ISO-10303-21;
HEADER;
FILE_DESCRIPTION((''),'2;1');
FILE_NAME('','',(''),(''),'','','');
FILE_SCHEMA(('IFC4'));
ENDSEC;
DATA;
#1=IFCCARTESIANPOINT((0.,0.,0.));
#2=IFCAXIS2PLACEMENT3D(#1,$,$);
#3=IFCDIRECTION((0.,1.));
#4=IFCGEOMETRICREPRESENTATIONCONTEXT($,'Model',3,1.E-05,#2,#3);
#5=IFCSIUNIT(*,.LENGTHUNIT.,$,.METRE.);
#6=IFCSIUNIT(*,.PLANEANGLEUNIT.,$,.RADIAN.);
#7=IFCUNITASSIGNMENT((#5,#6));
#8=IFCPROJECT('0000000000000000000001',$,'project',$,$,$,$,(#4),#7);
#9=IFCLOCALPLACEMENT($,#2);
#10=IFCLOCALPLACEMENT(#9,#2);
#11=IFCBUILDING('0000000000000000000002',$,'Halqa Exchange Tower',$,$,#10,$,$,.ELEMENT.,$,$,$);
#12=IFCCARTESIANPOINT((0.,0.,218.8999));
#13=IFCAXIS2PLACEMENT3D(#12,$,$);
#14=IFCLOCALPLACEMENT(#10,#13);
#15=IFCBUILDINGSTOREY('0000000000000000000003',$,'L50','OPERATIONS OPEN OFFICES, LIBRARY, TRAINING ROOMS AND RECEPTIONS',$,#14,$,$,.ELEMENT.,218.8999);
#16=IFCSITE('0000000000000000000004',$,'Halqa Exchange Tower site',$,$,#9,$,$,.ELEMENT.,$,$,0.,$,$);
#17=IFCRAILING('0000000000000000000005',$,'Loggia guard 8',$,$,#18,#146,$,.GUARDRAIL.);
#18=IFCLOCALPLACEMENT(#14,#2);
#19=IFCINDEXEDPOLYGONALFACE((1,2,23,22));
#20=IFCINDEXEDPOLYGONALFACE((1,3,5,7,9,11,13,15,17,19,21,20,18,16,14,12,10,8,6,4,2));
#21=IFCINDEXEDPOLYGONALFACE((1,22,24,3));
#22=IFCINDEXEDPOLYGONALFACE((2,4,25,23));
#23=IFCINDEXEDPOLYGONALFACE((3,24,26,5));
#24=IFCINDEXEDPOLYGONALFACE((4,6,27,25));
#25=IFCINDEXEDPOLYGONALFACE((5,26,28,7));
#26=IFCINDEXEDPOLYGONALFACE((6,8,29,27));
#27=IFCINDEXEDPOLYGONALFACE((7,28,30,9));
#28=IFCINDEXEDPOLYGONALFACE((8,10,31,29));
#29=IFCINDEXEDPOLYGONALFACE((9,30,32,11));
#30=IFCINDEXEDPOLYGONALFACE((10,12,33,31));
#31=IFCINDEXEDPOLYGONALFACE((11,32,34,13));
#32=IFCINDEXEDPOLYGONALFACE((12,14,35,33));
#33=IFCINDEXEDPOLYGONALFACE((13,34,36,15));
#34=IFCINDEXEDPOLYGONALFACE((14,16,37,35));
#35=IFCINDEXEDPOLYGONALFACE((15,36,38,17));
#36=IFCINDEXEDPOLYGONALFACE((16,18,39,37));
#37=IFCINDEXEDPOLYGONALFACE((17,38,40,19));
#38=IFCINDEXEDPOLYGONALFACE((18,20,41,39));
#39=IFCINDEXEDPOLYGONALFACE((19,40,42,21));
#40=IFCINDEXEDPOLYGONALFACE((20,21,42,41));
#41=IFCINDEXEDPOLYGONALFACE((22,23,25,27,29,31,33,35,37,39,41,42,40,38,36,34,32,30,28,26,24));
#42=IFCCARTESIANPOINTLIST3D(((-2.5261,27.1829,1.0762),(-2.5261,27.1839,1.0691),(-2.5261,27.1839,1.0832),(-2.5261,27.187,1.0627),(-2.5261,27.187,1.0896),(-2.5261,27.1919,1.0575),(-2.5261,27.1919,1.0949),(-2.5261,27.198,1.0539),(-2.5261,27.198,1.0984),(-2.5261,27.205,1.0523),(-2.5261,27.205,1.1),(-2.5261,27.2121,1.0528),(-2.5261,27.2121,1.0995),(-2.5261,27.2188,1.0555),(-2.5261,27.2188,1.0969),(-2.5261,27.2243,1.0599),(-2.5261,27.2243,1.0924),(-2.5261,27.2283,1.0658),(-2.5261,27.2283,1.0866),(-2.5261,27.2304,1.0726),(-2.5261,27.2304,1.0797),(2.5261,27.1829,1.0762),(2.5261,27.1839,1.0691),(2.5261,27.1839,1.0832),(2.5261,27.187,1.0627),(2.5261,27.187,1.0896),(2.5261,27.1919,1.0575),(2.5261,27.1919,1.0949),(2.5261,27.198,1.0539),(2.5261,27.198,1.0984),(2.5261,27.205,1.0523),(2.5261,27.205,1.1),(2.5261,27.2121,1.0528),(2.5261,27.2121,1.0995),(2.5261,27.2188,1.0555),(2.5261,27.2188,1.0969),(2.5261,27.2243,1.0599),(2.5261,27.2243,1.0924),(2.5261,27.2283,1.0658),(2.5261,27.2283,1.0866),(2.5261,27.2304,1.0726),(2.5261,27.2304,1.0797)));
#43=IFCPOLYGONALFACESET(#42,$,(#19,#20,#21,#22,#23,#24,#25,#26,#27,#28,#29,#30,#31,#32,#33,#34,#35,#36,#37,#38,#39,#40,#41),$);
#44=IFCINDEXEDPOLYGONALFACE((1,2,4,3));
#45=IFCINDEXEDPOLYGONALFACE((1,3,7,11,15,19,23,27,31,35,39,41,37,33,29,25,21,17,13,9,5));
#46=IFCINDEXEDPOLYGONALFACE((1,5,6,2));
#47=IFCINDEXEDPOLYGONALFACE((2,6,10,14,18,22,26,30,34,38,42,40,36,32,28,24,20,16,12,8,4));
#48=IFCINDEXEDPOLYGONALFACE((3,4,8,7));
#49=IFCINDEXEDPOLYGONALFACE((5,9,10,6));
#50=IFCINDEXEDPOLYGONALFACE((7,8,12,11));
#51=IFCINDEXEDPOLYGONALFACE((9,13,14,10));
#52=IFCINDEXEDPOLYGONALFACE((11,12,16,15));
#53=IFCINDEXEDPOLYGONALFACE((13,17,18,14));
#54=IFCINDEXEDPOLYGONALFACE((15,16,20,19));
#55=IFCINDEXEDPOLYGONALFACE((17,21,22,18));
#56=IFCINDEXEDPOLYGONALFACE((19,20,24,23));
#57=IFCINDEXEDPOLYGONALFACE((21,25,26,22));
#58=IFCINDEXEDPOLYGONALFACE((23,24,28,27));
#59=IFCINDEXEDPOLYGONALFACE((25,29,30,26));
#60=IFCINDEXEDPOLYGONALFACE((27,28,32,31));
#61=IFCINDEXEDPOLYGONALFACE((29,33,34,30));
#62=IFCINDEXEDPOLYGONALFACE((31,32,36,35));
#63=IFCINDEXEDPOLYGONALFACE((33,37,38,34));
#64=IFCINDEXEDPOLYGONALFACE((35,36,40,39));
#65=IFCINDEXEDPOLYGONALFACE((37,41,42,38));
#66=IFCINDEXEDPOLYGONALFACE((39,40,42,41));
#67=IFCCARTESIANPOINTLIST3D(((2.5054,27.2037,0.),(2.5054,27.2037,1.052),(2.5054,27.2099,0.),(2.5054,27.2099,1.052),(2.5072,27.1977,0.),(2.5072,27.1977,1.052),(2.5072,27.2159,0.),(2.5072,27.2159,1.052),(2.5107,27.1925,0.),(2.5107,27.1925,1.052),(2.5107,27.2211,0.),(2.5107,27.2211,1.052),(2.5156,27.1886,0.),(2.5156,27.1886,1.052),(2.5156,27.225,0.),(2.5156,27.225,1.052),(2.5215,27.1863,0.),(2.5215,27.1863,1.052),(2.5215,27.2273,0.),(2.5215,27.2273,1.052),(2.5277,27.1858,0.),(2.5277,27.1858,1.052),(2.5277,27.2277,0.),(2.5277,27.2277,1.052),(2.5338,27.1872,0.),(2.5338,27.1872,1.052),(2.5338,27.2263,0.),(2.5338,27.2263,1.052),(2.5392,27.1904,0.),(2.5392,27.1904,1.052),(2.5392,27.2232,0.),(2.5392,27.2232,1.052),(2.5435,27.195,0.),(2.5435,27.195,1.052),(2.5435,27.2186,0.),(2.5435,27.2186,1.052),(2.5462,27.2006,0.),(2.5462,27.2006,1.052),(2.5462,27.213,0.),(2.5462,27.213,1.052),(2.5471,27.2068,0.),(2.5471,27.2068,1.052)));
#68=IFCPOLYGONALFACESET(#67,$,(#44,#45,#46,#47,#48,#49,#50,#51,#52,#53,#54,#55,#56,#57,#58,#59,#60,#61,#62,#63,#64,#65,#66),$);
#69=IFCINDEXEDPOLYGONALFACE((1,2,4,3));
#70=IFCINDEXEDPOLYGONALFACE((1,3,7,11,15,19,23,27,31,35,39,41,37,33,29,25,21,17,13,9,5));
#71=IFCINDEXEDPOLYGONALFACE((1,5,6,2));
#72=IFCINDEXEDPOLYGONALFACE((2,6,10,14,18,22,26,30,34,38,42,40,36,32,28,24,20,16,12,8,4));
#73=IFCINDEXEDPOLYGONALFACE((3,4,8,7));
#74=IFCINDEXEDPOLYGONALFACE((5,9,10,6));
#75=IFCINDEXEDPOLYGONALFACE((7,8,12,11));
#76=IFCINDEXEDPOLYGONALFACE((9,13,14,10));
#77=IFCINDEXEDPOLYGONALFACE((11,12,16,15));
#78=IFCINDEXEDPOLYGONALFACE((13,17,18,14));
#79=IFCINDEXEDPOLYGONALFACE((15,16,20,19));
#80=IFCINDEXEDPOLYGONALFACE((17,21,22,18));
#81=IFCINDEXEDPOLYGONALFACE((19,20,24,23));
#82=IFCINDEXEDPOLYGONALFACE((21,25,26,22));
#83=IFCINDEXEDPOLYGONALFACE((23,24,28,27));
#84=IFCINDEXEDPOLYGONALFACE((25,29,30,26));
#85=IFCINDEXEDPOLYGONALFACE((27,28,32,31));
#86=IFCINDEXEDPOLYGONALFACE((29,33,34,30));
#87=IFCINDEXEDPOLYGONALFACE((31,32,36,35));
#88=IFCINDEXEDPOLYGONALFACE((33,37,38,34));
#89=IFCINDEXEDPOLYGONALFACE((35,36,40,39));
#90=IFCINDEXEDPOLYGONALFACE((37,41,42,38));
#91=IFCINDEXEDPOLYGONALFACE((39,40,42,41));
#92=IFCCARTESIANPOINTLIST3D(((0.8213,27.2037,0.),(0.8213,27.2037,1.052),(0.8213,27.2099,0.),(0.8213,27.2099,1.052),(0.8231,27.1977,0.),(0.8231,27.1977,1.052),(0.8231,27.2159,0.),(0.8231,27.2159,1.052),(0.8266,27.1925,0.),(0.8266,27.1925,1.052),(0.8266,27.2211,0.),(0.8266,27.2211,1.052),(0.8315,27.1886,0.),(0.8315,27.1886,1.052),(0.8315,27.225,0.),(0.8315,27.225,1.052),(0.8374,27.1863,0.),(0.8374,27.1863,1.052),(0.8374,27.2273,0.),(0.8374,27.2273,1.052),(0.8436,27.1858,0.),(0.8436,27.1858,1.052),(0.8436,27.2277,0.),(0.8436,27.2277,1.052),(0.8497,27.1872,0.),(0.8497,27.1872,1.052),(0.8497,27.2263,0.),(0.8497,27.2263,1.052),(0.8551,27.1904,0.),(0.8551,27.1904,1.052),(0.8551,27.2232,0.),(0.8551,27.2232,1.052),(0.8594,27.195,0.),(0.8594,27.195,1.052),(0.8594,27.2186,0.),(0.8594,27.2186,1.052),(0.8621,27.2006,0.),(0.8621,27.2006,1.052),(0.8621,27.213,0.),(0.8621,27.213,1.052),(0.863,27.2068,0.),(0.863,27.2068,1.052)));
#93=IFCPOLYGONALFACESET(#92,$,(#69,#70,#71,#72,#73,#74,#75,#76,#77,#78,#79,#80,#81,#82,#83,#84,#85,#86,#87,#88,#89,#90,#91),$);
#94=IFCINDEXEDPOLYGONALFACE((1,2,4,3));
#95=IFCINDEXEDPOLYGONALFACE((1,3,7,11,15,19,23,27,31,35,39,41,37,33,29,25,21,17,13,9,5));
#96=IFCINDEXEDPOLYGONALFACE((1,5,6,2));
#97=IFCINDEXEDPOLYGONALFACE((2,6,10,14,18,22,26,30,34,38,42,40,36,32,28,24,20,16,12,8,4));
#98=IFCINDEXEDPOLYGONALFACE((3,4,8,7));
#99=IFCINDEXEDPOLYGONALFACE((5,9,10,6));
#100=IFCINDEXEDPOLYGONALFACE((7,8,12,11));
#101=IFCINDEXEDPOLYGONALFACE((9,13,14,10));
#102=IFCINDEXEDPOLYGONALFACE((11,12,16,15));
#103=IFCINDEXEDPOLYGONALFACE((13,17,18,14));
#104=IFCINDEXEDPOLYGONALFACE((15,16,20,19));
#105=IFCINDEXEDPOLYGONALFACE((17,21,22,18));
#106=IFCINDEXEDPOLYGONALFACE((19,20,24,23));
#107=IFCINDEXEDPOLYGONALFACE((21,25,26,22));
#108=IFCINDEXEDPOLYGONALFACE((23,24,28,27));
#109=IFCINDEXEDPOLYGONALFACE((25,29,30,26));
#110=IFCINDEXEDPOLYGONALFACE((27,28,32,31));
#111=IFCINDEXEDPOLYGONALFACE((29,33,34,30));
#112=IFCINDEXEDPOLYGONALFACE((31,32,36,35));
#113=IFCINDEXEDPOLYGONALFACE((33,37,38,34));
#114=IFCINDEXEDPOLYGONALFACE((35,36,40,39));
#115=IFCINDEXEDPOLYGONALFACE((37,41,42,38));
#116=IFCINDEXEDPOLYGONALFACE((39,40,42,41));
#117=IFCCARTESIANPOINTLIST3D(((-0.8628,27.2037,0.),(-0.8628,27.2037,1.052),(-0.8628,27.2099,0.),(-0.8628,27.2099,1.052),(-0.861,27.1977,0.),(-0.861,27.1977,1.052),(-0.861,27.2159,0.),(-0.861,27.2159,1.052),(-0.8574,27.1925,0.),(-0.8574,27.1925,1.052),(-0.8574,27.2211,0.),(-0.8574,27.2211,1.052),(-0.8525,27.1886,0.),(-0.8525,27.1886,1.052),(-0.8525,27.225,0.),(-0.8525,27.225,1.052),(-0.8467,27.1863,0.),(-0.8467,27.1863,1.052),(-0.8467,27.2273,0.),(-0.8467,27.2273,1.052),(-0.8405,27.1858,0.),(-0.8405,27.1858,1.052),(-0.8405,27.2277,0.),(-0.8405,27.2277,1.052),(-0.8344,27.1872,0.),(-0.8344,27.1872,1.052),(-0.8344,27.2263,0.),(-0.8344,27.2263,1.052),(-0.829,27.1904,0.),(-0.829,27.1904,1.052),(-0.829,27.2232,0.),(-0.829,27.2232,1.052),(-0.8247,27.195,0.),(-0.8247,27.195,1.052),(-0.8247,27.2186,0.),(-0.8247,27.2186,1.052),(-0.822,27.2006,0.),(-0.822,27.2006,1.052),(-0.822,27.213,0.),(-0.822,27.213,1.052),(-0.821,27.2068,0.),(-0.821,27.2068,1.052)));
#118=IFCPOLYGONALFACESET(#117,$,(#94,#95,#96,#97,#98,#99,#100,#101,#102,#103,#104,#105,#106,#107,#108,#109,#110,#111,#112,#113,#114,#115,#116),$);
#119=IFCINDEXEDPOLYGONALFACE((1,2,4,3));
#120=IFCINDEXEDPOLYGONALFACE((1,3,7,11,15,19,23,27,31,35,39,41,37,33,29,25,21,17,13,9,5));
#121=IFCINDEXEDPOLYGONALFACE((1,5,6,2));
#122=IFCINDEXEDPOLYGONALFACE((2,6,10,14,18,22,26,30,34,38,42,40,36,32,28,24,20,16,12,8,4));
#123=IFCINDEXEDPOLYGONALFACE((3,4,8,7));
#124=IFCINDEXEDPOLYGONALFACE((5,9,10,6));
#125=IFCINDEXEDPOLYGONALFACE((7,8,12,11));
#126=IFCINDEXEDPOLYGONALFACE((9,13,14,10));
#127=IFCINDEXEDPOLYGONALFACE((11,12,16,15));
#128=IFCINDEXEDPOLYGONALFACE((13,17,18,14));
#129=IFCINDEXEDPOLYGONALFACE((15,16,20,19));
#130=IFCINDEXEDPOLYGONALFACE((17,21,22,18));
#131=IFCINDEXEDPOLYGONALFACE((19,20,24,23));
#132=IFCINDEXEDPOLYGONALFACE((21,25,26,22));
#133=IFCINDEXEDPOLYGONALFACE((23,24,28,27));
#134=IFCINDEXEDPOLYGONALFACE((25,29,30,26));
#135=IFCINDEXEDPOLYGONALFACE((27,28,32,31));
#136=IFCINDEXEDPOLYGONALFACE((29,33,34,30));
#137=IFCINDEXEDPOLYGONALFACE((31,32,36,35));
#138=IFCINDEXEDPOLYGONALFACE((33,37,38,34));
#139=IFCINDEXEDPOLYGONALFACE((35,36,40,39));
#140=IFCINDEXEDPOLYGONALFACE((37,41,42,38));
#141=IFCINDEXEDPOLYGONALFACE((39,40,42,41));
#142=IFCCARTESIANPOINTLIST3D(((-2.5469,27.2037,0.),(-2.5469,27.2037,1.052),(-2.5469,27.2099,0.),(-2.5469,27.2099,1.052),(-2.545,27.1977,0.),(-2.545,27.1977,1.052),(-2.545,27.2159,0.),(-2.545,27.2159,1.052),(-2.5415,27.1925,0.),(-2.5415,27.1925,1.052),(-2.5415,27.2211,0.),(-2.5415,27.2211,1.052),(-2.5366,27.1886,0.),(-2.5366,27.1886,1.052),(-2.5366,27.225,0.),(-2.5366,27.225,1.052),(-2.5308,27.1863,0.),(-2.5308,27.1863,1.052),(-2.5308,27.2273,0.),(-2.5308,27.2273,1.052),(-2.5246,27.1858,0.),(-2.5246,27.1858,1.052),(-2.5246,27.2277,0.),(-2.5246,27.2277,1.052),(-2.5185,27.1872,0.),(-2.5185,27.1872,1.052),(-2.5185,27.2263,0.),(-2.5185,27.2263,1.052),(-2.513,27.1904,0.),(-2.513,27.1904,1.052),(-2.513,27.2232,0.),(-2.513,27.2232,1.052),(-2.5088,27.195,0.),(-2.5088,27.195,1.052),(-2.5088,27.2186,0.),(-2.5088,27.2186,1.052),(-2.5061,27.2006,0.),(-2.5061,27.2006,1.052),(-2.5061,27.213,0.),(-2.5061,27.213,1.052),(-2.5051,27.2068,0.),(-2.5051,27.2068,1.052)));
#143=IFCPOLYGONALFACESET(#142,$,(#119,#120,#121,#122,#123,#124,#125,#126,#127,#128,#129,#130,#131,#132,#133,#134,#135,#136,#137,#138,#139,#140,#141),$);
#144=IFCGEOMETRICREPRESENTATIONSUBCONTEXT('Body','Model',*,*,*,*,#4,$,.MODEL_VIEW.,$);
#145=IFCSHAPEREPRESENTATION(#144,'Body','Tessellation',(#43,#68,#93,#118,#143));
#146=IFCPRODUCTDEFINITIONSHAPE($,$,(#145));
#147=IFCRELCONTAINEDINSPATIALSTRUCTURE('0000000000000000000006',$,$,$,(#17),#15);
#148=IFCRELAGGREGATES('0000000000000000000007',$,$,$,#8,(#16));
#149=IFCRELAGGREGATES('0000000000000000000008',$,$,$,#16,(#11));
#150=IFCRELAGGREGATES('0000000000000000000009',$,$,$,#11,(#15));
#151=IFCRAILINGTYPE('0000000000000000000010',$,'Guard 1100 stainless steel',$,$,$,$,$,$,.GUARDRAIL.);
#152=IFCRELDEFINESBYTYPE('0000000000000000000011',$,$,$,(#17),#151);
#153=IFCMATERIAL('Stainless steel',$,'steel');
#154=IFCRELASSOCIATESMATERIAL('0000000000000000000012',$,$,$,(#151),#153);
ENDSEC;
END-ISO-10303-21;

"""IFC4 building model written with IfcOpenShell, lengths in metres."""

from ifc_helpers import new_model, si_unit, direction, frame, origin, origin_2d, place, context, subcontext, project, spatial, circle, extrude, material, type_object, element, save


model = new_model("IFC4")

# Units and contexts
model_context = context("Model", 3, precision=1e-05, world=origin(), true_north=direction((0.0, 1.0)))
body_context = subcontext(model_context, "Body", "Model", "MODEL_VIEW")
ifc_project = project(units=[si_unit("LENGTHUNIT", "METRE"), si_unit("PLANEANGLEUNIT", "RADIAN")], contexts=[model_context])

# Site, building, storey
site_placement = place(None, origin())
site = spatial("IfcSite", under=ifc_project, at=site_placement, Name="Halqa Exchange Tower site", CompositionType="ELEMENT", RefElevation=0.0)
building_placement = place(site_placement, origin())
building = spatial("IfcBuilding", under=site, at=building_placement, Name="Halqa Exchange Tower", CompositionType="ELEMENT")
storey_placement = place(building_placement, frame((0.0, 0.0, 218.8999)))
storey = spatial("IfcBuildingStorey", under=building, at=storey_placement, Name="L50", Description="OPERATIONS OPEN OFFICES, LIBRARY, TRAINING ROOMS AND RECEPTIONS", CompositionType="ELEMENT", Elevation=218.8999)

# Railing
ifc_material_1 = material(Name="Stainless steel", Category="steel")
railing_type_1 = type_object("IfcRailingType", Name="Guard 1100 stainless steel", PredefinedType="GUARDRAIL", material=ifc_material_1)
railing_1_placement = place(storey_placement, frame((2.5261, 27.2068, 0.0)))
element("IfcRailing", 1, at=railing_1_placement, inside=storey, type_object=railing_type_1, Name="Loggia guard 8", PredefinedType="GUARDRAIL", context=body_context, shape_type="SweptSolid", body=[
    extrude(circle(Radius=0.0239, at=origin_2d()), frame((0.0, 0.0, 1.0762), z_axis=(-1.0, 0.0, 0.0), x_axis=(0.0, -1.0, 0.0)), (0.0, 0.0, 1.0), 5.0522),
    extrude(circle(Radius=0.021, at=origin_2d()), origin(), (0.0, 0.0, 1.0), 1.052),
    extrude(circle(Radius=0.021, at=origin_2d()), frame((-1.6841, 0.0, 0.0)), (0.0, 0.0, 1.0), 1.052),
    extrude(circle(Radius=0.021, at=origin_2d()), frame((-3.3682, 0.0, 0.0)), (0.0, 0.0, 1.0), 1.052),
    extrude(circle(Radius=0.021, at=origin_2d()), frame((-5.0522, 0.0, 0.0)), (0.0, 0.0, 1.0), 1.052),
])

save(model, "model.ifc")
